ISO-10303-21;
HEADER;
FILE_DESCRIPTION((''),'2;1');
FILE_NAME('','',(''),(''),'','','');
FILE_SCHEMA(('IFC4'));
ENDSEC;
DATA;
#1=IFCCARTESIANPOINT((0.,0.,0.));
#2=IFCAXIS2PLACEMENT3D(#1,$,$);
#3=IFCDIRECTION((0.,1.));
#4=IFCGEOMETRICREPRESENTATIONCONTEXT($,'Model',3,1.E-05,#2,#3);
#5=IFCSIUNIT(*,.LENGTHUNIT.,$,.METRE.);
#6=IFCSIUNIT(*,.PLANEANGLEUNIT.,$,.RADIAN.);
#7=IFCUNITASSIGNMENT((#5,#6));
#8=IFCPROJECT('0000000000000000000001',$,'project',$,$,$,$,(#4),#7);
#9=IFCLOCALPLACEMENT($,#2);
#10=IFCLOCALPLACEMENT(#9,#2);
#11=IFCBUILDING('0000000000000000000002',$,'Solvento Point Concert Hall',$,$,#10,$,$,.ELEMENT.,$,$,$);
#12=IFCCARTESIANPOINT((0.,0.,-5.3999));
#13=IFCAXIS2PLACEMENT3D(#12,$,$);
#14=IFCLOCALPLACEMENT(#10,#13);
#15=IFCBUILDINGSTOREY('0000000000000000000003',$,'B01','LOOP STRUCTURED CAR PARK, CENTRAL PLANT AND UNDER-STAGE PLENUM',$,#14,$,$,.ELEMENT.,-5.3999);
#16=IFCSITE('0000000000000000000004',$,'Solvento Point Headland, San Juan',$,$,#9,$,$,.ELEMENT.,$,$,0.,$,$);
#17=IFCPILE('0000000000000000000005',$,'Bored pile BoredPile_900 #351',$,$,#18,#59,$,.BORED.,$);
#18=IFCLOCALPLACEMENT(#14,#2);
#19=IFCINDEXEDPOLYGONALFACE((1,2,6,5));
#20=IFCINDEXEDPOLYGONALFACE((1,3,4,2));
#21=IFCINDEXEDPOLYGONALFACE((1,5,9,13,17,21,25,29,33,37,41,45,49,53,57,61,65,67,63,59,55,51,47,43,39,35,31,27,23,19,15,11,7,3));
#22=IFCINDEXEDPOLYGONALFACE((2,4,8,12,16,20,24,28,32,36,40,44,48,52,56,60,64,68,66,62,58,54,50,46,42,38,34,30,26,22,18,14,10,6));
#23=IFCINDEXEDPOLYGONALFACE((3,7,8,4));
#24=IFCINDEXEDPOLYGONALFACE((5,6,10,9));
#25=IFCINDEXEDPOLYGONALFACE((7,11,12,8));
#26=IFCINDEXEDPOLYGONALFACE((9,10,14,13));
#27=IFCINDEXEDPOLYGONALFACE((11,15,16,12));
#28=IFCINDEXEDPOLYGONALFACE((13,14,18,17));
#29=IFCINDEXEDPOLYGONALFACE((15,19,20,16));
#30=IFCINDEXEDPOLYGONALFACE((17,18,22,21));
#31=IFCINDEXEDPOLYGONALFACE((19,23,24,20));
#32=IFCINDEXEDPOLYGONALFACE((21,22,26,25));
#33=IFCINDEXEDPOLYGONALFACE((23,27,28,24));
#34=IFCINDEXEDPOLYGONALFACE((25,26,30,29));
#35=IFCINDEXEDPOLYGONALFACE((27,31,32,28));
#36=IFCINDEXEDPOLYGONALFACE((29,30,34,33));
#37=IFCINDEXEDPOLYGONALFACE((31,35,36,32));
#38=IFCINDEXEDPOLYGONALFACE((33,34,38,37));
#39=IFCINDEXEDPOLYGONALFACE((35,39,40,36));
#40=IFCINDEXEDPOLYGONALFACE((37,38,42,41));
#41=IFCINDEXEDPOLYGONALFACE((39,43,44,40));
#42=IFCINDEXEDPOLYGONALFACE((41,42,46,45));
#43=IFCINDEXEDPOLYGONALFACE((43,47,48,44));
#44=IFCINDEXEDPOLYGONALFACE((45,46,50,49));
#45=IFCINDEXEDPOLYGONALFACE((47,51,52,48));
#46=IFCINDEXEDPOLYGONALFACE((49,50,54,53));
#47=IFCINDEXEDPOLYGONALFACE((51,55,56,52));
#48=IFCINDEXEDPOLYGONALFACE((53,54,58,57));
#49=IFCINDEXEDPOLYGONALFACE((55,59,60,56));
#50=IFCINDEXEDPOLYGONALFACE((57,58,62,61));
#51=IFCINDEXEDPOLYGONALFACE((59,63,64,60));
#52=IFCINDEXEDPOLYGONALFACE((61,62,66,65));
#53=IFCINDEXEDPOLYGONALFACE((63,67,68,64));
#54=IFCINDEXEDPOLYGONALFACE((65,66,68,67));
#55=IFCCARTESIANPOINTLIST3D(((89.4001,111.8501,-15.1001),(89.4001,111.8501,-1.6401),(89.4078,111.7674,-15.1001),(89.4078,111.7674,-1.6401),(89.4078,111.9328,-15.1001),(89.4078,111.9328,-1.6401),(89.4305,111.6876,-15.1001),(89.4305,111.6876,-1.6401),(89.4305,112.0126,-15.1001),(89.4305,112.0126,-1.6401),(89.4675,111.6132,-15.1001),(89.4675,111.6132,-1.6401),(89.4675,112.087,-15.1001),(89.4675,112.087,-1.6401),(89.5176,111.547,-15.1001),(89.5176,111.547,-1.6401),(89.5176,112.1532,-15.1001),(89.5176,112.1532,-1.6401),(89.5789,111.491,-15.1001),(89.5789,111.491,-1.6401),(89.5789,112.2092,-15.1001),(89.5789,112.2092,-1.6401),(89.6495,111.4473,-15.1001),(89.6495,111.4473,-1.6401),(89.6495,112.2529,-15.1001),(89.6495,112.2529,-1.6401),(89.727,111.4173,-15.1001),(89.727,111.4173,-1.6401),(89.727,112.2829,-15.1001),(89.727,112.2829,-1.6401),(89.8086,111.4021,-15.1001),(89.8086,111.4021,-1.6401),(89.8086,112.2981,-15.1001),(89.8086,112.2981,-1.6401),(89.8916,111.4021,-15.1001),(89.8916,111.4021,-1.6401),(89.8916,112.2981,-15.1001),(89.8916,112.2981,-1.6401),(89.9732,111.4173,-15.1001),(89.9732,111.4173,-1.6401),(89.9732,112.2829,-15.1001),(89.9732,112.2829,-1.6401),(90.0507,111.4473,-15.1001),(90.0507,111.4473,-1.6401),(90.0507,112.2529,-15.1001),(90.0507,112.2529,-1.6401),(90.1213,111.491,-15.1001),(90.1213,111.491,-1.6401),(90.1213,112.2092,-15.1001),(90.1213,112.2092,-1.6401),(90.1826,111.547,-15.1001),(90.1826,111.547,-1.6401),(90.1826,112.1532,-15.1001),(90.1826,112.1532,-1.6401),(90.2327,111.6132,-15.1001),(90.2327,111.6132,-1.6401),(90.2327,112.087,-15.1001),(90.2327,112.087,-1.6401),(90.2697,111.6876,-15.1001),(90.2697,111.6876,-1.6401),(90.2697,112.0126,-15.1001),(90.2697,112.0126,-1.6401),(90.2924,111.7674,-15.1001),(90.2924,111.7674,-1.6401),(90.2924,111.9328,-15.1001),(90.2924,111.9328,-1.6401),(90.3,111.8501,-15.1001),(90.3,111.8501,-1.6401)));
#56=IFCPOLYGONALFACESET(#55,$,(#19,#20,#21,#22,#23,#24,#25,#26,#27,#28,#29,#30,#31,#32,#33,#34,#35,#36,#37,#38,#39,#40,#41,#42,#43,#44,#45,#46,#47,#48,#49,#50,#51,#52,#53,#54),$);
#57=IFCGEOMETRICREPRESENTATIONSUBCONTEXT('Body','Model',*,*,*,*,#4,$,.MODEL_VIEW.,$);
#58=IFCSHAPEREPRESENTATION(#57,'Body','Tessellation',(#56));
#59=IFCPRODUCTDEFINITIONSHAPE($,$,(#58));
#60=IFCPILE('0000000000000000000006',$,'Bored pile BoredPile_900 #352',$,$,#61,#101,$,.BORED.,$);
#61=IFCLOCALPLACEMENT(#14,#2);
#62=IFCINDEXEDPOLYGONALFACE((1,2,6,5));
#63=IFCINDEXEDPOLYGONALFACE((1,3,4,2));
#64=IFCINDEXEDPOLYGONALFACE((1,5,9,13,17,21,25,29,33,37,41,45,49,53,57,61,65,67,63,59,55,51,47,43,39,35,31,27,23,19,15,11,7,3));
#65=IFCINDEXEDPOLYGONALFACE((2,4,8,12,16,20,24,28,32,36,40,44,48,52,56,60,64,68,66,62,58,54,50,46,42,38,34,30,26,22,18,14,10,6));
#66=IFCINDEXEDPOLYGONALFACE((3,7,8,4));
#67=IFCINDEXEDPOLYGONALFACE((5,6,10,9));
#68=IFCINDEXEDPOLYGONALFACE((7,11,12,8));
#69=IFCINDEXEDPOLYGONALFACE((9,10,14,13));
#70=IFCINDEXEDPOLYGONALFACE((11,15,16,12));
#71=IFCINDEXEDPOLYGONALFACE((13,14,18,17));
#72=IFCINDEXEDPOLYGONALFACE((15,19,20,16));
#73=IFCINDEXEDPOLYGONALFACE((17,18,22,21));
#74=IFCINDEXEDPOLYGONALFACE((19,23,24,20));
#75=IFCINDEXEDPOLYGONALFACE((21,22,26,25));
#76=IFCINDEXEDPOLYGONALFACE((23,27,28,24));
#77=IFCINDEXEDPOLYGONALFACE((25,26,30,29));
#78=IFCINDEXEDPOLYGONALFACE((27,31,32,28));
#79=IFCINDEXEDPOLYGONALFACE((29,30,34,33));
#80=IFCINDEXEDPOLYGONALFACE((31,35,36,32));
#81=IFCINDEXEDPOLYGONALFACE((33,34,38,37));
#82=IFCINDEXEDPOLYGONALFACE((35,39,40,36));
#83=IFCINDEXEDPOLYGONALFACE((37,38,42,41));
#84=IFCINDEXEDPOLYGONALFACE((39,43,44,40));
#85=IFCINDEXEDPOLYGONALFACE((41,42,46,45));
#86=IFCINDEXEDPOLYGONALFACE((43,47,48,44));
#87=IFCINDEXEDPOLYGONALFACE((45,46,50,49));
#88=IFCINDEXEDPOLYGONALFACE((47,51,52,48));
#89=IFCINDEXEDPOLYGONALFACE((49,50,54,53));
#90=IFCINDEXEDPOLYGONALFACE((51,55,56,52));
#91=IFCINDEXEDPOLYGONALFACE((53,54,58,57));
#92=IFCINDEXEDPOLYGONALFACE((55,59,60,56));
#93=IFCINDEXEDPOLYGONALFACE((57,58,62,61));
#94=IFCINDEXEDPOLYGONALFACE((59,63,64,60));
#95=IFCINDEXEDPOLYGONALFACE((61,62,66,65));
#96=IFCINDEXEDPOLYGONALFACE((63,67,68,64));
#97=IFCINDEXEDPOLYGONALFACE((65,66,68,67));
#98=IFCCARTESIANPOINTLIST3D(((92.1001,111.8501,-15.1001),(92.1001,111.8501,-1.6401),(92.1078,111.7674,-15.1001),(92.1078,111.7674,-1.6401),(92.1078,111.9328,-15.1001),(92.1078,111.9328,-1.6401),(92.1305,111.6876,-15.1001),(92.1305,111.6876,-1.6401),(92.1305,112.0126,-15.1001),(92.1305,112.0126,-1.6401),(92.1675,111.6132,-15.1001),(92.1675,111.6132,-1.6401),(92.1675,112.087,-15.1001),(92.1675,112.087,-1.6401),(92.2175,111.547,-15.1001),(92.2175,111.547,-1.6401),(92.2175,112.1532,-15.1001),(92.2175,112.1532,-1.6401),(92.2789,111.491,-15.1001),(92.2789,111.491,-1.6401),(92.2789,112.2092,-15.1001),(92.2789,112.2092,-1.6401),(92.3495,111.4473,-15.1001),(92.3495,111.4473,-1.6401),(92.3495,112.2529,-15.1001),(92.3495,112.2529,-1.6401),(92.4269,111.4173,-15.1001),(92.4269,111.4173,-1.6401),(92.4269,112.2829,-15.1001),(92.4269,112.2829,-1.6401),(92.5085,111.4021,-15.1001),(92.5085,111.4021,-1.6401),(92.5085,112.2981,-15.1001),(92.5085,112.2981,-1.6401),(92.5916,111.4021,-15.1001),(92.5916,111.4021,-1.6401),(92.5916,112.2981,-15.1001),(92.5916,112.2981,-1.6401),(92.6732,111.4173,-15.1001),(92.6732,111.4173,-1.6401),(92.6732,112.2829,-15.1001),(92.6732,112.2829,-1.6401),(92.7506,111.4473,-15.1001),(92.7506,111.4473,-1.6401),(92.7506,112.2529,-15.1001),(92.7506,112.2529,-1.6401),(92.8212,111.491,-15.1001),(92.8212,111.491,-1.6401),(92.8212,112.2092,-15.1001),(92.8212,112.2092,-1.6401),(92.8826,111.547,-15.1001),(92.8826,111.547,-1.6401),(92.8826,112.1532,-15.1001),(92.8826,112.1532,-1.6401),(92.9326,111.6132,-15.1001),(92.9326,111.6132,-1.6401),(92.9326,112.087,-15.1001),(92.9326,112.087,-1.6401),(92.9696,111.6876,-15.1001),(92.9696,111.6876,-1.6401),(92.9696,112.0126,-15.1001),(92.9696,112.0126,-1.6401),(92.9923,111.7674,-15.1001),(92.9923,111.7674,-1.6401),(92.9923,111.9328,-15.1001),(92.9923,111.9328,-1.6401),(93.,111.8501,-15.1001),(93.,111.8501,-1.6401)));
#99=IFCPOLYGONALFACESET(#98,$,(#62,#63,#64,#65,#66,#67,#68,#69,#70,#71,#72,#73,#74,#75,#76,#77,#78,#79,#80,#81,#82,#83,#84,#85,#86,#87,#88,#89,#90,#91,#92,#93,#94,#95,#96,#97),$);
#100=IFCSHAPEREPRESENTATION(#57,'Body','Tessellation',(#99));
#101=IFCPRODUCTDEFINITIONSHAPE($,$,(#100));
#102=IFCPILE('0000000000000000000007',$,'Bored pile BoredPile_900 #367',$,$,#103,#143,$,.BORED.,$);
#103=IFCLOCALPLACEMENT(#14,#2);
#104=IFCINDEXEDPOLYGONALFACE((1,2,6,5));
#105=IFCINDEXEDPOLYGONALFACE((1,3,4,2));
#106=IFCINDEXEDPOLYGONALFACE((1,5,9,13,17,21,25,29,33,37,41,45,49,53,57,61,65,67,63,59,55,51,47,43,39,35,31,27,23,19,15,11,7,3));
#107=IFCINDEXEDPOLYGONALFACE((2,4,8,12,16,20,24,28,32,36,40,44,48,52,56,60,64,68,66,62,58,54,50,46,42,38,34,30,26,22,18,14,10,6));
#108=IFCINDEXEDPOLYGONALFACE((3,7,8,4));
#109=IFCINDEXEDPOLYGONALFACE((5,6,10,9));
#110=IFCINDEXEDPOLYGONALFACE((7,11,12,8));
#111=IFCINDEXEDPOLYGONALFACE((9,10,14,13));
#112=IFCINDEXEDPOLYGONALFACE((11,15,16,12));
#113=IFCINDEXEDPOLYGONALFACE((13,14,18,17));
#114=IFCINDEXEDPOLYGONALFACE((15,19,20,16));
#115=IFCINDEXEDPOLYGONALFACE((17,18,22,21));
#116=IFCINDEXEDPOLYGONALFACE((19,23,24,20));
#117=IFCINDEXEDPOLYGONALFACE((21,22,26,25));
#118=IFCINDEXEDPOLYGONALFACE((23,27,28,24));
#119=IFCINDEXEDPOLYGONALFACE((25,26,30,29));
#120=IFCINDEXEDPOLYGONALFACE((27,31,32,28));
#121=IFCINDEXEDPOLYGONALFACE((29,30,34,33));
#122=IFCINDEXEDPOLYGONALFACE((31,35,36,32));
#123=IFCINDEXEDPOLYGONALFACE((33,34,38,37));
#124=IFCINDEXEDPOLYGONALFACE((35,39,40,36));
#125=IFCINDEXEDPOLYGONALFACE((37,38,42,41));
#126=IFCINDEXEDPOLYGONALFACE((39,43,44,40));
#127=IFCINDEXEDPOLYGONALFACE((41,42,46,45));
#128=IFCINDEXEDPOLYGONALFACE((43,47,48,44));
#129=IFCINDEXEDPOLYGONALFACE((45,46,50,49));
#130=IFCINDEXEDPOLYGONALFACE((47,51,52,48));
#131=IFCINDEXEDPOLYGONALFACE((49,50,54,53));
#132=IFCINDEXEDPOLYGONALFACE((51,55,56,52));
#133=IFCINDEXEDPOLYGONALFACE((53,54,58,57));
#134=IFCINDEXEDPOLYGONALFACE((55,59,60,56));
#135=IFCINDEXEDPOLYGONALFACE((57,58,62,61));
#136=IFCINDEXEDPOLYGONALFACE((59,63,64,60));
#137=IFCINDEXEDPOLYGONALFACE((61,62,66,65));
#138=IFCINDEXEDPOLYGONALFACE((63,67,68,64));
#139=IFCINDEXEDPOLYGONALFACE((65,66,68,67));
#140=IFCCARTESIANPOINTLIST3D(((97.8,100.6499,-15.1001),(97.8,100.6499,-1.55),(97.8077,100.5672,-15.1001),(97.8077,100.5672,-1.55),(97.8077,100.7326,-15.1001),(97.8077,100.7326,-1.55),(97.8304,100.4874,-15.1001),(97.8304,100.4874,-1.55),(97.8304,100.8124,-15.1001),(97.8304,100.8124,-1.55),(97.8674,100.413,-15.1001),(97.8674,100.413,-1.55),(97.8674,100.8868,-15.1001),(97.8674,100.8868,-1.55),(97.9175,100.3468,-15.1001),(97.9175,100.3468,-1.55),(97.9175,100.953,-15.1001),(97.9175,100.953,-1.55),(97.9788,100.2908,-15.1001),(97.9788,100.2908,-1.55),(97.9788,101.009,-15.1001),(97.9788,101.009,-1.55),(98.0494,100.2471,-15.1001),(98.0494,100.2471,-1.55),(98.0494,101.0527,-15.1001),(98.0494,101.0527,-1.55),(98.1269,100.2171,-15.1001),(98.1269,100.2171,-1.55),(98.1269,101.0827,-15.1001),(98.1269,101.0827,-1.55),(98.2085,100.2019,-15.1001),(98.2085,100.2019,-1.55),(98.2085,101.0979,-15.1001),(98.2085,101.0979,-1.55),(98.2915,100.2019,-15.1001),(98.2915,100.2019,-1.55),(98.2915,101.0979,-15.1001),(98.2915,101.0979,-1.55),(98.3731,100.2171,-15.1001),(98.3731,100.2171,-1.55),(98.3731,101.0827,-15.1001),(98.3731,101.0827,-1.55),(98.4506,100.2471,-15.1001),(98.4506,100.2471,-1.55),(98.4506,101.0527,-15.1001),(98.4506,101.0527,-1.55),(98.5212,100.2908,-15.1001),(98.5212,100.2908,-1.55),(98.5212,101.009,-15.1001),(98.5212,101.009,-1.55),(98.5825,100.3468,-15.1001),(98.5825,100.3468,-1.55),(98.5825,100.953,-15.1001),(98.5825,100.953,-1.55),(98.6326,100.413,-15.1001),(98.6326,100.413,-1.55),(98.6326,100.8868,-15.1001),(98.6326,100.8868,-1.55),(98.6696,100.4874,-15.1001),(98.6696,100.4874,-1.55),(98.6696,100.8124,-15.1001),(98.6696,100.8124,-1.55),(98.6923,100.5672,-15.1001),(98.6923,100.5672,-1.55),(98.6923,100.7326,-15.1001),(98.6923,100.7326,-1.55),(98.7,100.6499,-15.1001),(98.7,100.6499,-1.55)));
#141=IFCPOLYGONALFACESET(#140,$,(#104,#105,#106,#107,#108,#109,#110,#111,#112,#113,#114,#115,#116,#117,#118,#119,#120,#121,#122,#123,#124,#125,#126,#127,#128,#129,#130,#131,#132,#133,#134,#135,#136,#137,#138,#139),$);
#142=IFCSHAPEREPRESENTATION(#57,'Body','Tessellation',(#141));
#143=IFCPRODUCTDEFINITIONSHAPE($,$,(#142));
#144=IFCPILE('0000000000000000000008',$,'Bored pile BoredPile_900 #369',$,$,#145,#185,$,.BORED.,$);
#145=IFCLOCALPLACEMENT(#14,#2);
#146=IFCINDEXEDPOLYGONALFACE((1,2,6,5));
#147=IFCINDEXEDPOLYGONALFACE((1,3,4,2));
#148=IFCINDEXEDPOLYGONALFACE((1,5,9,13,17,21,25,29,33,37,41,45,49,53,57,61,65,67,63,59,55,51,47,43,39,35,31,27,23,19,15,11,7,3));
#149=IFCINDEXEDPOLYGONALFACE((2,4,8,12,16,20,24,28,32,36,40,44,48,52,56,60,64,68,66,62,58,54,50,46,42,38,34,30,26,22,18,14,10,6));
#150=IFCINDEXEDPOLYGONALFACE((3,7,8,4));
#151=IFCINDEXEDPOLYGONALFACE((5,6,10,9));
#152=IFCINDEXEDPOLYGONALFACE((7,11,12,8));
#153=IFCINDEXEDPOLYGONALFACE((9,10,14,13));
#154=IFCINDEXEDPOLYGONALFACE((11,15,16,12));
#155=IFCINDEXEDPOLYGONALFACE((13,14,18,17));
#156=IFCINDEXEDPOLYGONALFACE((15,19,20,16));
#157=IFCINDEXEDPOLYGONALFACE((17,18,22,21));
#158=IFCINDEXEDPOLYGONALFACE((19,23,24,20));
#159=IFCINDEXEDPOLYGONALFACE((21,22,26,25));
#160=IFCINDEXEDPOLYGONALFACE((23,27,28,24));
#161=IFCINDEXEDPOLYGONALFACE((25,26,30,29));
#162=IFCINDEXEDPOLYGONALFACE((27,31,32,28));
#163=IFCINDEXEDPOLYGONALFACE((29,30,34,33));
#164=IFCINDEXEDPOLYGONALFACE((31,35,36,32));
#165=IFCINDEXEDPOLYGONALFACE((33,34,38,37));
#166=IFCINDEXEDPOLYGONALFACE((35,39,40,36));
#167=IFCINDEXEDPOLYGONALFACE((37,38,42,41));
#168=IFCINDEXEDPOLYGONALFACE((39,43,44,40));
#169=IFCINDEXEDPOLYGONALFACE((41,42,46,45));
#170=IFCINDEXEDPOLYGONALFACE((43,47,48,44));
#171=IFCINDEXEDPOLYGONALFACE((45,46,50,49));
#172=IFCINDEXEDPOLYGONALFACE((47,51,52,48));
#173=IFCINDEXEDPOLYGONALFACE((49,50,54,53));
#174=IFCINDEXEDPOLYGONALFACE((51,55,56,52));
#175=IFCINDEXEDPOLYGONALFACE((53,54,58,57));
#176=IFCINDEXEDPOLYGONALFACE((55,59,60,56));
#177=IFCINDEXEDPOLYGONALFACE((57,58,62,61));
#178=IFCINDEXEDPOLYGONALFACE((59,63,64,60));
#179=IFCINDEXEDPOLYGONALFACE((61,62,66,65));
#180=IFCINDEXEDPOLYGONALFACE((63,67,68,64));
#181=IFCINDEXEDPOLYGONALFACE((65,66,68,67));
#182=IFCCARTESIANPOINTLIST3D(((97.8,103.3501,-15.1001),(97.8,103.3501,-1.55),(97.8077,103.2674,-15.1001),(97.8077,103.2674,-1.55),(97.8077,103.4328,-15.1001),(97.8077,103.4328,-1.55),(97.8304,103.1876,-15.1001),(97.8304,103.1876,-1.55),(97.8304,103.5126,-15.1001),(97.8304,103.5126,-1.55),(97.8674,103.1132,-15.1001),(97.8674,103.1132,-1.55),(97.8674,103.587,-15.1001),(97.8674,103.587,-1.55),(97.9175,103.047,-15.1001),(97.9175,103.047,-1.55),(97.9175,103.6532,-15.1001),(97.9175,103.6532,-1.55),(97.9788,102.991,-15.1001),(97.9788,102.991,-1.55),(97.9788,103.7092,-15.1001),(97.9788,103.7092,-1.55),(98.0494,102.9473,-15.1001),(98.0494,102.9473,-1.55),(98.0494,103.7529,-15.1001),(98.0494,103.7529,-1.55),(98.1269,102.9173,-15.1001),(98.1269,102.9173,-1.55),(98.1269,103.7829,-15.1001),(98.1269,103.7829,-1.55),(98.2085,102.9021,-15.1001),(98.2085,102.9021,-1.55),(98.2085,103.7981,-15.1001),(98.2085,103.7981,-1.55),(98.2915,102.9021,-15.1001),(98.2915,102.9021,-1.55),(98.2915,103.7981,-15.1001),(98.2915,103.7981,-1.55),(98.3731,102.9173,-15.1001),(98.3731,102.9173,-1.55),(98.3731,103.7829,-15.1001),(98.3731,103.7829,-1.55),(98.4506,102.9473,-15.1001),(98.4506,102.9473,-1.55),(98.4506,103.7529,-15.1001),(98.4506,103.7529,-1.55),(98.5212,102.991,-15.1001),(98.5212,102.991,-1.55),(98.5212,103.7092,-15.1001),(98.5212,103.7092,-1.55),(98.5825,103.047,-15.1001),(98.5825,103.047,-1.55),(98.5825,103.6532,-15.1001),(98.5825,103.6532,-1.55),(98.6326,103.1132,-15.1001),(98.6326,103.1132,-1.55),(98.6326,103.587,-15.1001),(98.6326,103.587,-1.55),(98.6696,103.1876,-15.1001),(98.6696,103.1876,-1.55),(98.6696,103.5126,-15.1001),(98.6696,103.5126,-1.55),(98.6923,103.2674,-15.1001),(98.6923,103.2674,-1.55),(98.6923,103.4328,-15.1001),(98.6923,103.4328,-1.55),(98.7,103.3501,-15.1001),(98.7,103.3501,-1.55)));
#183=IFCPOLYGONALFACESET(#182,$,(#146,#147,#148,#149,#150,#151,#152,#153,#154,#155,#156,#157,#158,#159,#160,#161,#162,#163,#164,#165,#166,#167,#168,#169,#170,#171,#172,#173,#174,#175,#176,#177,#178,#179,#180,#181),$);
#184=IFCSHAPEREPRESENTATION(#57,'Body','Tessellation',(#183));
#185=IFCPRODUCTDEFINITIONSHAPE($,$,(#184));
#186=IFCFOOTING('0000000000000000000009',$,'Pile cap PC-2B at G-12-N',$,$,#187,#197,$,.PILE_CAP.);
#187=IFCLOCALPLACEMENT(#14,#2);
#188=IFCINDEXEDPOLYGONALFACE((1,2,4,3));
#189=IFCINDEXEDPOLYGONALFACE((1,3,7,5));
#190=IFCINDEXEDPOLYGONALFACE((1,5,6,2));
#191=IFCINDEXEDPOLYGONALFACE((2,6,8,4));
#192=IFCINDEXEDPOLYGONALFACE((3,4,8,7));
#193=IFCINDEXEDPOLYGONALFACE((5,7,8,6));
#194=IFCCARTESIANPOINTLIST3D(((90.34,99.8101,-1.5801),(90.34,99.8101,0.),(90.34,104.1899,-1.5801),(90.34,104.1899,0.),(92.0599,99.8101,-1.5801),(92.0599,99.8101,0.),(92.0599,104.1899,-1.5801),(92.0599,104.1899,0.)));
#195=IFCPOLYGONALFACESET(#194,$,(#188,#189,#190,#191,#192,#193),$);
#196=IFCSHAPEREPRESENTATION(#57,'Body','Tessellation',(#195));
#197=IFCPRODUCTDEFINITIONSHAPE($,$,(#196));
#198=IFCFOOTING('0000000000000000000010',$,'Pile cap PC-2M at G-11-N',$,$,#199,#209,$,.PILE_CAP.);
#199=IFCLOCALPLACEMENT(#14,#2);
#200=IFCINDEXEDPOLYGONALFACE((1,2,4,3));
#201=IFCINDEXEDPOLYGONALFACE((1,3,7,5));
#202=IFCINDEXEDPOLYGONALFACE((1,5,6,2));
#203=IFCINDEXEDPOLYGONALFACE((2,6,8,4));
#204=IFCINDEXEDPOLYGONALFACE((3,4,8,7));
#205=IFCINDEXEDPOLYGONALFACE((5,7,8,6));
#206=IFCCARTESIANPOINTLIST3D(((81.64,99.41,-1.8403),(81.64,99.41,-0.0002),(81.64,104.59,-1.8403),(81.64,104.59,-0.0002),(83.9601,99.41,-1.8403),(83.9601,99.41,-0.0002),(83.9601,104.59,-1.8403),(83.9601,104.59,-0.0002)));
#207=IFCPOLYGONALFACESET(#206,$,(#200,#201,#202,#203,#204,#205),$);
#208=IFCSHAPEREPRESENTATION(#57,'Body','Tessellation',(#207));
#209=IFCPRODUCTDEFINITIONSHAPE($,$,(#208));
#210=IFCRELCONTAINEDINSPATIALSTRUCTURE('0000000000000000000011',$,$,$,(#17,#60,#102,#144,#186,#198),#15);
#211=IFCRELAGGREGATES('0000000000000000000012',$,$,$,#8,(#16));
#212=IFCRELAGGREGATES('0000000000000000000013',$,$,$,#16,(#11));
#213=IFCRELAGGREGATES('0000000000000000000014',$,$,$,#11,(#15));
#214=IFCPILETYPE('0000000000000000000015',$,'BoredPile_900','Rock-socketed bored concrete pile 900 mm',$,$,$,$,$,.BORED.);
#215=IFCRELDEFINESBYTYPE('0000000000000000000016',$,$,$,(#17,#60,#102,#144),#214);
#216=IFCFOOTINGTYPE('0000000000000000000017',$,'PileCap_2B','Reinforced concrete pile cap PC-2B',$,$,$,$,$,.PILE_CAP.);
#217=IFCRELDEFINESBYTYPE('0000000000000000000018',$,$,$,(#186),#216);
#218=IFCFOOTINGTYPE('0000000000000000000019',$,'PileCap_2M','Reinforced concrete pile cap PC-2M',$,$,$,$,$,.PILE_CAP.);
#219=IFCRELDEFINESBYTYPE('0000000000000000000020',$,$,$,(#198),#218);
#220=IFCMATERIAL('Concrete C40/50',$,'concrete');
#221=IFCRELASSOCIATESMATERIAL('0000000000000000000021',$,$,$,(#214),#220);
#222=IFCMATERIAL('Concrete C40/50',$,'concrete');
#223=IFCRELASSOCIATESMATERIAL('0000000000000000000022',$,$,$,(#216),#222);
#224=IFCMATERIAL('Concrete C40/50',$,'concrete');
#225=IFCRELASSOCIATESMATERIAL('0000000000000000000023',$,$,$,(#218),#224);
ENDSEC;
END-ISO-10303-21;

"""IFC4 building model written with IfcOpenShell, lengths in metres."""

from ifc_helpers import new_model, si_unit, direction, frame, origin, origin_2d, place, context, subcontext, project, spatial, rectangle, circle, extrude, material, material_profile, profile_set, type_object, element, save


model = new_model("IFC4")

# Units and contexts
model_context = context("Model", 3, precision=1e-05, world=origin(), true_north=direction((0.0, 1.0)))
body_context = subcontext(model_context, "Body", "Model", "MODEL_VIEW")
ifc_project = project(units=[si_unit("LENGTHUNIT", "METRE"), si_unit("PLANEANGLEUNIT", "RADIAN")], contexts=[model_context])

# Site, building, storey
site_placement = place(None, origin())
site = spatial("IfcSite", under=ifc_project, at=site_placement, Name="Solvento Point Headland, San Juan", CompositionType="ELEMENT", RefElevation=0.0)
building_placement = place(site_placement, origin())
building = spatial("IfcBuilding", under=site, at=building_placement, Name="Solvento Point Concert Hall", CompositionType="ELEMENT")
storey_placement = place(building_placement, frame((0.0, 0.0, -5.3999)))
storey = spatial("IfcBuildingStorey", under=building, at=storey_placement, Name="B01", Description="LOOP STRUCTURED CAR PARK, CENTRAL PLANT AND UNDER-STAGE PLENUM", CompositionType="ELEMENT", Elevation=-5.3999)

# Piles
ifc_material_1 = material(Name="Concrete C40/50", Category="concrete")
ifc_material_profile_1 = material_profile(ifc_material_1, circle(Radius=0.45, at=origin_2d()), Name="BP-900")
ifc_profile_set_1 = profile_set([ifc_material_profile_1], Name="Concrete C40/50")
pile_type_1 = type_object("IfcPileType", Name="BoredPile_900", Description="Rock-socketed bored concrete pile 900 mm", PredefinedType="BORED", material=ifc_profile_set_1)
for number, where, z_axis, x_axis, name in (
    (1, (89.8501, 111.8501, -1.6401), (0.0, 0.0, -1.0), (1.0, 0.0, 0.0), "Bored pile BoredPile_900 #351"),
    (2, (92.55, 111.8501, -1.6401), (0.0, 0.0, -1.0), (1.0, 0.0, 0.0), "Bored pile BoredPile_900 #352"),
):
    element("IfcPile", number, at=place(storey_placement, frame(where, z_axis=z_axis, x_axis=x_axis)), inside=storey, type_object=pile_type_1, Name=name, PredefinedType="BORED", context=body_context, shape_type="SweptSolid", body=[
        extrude(circle(Radius=0.45, at=origin_2d()), origin(), (0.0, 0.0, 1.0), 13.46),
    ])
for number, where, z_axis, x_axis, name in (
    (3, (98.25, 100.6499, -1.55), (0.0, 0.0, -1.0), (1.0, 0.0, 0.0), "Bored pile BoredPile_900 #367"),
    (4, (98.25, 103.3501, -1.55), (0.0, 0.0, -1.0), (1.0, 0.0, 0.0), "Bored pile BoredPile_900 #369"),
):
    element("IfcPile", number, at=place(storey_placement, frame(where, z_axis=z_axis, x_axis=x_axis)), inside=storey, type_object=pile_type_1, Name=name, PredefinedType="BORED", context=body_context, shape_type="SweptSolid", body=[
        extrude(circle(Radius=0.45, at=origin_2d()), origin(), (0.0, 0.0, 1.0), 13.55),
    ])

# Footings
ifc_material_2 = material(Name="Concrete C40/50", Category="concrete")
footing_type_1 = type_object("IfcFootingType", Name="PileCap_2B", Description="Reinforced concrete pile cap PC-2B", PredefinedType="PILE_CAP", material=ifc_material_2)
footing_1_placement = place(storey_placement, frame((91.2, 102.0, -1.5801), z_axis=(0.0, 0.0, 1.0), x_axis=(1.0, 0.0, 0.0)))
element("IfcFooting", 5, at=footing_1_placement, inside=storey, type_object=footing_type_1, Name="Pile cap PC-2B at G-12-N", PredefinedType="PILE_CAP", context=body_context, shape_type="SweptSolid", body=[
    extrude(rectangle(XDim=1.72, YDim=4.3799, at=origin_2d()), origin(), (0.0, 0.0, 1.0), 1.5801),
])
ifc_material_3 = material(Name="Concrete C40/50", Category="concrete")
footing_type_2 = type_object("IfcFootingType", Name="PileCap_2M", Description="Reinforced concrete pile cap PC-2M", PredefinedType="PILE_CAP", material=ifc_material_3)
footing_2_placement = place(storey_placement, frame((82.8, 102.0, -1.8403), z_axis=(0.0, 0.0, 1.0), x_axis=(1.0, 0.0, 0.0)))
element("IfcFooting", 6, at=footing_2_placement, inside=storey, type_object=footing_type_2, Name="Pile cap PC-2M at G-11-N", PredefinedType="PILE_CAP", context=body_context, shape_type="SweptSolid", body=[
    extrude(rectangle(XDim=2.3201, YDim=5.1799, at=origin_2d()), origin(), (0.0, 0.0, 1.0), 1.8401),
])

save(model, "model.ifc")
